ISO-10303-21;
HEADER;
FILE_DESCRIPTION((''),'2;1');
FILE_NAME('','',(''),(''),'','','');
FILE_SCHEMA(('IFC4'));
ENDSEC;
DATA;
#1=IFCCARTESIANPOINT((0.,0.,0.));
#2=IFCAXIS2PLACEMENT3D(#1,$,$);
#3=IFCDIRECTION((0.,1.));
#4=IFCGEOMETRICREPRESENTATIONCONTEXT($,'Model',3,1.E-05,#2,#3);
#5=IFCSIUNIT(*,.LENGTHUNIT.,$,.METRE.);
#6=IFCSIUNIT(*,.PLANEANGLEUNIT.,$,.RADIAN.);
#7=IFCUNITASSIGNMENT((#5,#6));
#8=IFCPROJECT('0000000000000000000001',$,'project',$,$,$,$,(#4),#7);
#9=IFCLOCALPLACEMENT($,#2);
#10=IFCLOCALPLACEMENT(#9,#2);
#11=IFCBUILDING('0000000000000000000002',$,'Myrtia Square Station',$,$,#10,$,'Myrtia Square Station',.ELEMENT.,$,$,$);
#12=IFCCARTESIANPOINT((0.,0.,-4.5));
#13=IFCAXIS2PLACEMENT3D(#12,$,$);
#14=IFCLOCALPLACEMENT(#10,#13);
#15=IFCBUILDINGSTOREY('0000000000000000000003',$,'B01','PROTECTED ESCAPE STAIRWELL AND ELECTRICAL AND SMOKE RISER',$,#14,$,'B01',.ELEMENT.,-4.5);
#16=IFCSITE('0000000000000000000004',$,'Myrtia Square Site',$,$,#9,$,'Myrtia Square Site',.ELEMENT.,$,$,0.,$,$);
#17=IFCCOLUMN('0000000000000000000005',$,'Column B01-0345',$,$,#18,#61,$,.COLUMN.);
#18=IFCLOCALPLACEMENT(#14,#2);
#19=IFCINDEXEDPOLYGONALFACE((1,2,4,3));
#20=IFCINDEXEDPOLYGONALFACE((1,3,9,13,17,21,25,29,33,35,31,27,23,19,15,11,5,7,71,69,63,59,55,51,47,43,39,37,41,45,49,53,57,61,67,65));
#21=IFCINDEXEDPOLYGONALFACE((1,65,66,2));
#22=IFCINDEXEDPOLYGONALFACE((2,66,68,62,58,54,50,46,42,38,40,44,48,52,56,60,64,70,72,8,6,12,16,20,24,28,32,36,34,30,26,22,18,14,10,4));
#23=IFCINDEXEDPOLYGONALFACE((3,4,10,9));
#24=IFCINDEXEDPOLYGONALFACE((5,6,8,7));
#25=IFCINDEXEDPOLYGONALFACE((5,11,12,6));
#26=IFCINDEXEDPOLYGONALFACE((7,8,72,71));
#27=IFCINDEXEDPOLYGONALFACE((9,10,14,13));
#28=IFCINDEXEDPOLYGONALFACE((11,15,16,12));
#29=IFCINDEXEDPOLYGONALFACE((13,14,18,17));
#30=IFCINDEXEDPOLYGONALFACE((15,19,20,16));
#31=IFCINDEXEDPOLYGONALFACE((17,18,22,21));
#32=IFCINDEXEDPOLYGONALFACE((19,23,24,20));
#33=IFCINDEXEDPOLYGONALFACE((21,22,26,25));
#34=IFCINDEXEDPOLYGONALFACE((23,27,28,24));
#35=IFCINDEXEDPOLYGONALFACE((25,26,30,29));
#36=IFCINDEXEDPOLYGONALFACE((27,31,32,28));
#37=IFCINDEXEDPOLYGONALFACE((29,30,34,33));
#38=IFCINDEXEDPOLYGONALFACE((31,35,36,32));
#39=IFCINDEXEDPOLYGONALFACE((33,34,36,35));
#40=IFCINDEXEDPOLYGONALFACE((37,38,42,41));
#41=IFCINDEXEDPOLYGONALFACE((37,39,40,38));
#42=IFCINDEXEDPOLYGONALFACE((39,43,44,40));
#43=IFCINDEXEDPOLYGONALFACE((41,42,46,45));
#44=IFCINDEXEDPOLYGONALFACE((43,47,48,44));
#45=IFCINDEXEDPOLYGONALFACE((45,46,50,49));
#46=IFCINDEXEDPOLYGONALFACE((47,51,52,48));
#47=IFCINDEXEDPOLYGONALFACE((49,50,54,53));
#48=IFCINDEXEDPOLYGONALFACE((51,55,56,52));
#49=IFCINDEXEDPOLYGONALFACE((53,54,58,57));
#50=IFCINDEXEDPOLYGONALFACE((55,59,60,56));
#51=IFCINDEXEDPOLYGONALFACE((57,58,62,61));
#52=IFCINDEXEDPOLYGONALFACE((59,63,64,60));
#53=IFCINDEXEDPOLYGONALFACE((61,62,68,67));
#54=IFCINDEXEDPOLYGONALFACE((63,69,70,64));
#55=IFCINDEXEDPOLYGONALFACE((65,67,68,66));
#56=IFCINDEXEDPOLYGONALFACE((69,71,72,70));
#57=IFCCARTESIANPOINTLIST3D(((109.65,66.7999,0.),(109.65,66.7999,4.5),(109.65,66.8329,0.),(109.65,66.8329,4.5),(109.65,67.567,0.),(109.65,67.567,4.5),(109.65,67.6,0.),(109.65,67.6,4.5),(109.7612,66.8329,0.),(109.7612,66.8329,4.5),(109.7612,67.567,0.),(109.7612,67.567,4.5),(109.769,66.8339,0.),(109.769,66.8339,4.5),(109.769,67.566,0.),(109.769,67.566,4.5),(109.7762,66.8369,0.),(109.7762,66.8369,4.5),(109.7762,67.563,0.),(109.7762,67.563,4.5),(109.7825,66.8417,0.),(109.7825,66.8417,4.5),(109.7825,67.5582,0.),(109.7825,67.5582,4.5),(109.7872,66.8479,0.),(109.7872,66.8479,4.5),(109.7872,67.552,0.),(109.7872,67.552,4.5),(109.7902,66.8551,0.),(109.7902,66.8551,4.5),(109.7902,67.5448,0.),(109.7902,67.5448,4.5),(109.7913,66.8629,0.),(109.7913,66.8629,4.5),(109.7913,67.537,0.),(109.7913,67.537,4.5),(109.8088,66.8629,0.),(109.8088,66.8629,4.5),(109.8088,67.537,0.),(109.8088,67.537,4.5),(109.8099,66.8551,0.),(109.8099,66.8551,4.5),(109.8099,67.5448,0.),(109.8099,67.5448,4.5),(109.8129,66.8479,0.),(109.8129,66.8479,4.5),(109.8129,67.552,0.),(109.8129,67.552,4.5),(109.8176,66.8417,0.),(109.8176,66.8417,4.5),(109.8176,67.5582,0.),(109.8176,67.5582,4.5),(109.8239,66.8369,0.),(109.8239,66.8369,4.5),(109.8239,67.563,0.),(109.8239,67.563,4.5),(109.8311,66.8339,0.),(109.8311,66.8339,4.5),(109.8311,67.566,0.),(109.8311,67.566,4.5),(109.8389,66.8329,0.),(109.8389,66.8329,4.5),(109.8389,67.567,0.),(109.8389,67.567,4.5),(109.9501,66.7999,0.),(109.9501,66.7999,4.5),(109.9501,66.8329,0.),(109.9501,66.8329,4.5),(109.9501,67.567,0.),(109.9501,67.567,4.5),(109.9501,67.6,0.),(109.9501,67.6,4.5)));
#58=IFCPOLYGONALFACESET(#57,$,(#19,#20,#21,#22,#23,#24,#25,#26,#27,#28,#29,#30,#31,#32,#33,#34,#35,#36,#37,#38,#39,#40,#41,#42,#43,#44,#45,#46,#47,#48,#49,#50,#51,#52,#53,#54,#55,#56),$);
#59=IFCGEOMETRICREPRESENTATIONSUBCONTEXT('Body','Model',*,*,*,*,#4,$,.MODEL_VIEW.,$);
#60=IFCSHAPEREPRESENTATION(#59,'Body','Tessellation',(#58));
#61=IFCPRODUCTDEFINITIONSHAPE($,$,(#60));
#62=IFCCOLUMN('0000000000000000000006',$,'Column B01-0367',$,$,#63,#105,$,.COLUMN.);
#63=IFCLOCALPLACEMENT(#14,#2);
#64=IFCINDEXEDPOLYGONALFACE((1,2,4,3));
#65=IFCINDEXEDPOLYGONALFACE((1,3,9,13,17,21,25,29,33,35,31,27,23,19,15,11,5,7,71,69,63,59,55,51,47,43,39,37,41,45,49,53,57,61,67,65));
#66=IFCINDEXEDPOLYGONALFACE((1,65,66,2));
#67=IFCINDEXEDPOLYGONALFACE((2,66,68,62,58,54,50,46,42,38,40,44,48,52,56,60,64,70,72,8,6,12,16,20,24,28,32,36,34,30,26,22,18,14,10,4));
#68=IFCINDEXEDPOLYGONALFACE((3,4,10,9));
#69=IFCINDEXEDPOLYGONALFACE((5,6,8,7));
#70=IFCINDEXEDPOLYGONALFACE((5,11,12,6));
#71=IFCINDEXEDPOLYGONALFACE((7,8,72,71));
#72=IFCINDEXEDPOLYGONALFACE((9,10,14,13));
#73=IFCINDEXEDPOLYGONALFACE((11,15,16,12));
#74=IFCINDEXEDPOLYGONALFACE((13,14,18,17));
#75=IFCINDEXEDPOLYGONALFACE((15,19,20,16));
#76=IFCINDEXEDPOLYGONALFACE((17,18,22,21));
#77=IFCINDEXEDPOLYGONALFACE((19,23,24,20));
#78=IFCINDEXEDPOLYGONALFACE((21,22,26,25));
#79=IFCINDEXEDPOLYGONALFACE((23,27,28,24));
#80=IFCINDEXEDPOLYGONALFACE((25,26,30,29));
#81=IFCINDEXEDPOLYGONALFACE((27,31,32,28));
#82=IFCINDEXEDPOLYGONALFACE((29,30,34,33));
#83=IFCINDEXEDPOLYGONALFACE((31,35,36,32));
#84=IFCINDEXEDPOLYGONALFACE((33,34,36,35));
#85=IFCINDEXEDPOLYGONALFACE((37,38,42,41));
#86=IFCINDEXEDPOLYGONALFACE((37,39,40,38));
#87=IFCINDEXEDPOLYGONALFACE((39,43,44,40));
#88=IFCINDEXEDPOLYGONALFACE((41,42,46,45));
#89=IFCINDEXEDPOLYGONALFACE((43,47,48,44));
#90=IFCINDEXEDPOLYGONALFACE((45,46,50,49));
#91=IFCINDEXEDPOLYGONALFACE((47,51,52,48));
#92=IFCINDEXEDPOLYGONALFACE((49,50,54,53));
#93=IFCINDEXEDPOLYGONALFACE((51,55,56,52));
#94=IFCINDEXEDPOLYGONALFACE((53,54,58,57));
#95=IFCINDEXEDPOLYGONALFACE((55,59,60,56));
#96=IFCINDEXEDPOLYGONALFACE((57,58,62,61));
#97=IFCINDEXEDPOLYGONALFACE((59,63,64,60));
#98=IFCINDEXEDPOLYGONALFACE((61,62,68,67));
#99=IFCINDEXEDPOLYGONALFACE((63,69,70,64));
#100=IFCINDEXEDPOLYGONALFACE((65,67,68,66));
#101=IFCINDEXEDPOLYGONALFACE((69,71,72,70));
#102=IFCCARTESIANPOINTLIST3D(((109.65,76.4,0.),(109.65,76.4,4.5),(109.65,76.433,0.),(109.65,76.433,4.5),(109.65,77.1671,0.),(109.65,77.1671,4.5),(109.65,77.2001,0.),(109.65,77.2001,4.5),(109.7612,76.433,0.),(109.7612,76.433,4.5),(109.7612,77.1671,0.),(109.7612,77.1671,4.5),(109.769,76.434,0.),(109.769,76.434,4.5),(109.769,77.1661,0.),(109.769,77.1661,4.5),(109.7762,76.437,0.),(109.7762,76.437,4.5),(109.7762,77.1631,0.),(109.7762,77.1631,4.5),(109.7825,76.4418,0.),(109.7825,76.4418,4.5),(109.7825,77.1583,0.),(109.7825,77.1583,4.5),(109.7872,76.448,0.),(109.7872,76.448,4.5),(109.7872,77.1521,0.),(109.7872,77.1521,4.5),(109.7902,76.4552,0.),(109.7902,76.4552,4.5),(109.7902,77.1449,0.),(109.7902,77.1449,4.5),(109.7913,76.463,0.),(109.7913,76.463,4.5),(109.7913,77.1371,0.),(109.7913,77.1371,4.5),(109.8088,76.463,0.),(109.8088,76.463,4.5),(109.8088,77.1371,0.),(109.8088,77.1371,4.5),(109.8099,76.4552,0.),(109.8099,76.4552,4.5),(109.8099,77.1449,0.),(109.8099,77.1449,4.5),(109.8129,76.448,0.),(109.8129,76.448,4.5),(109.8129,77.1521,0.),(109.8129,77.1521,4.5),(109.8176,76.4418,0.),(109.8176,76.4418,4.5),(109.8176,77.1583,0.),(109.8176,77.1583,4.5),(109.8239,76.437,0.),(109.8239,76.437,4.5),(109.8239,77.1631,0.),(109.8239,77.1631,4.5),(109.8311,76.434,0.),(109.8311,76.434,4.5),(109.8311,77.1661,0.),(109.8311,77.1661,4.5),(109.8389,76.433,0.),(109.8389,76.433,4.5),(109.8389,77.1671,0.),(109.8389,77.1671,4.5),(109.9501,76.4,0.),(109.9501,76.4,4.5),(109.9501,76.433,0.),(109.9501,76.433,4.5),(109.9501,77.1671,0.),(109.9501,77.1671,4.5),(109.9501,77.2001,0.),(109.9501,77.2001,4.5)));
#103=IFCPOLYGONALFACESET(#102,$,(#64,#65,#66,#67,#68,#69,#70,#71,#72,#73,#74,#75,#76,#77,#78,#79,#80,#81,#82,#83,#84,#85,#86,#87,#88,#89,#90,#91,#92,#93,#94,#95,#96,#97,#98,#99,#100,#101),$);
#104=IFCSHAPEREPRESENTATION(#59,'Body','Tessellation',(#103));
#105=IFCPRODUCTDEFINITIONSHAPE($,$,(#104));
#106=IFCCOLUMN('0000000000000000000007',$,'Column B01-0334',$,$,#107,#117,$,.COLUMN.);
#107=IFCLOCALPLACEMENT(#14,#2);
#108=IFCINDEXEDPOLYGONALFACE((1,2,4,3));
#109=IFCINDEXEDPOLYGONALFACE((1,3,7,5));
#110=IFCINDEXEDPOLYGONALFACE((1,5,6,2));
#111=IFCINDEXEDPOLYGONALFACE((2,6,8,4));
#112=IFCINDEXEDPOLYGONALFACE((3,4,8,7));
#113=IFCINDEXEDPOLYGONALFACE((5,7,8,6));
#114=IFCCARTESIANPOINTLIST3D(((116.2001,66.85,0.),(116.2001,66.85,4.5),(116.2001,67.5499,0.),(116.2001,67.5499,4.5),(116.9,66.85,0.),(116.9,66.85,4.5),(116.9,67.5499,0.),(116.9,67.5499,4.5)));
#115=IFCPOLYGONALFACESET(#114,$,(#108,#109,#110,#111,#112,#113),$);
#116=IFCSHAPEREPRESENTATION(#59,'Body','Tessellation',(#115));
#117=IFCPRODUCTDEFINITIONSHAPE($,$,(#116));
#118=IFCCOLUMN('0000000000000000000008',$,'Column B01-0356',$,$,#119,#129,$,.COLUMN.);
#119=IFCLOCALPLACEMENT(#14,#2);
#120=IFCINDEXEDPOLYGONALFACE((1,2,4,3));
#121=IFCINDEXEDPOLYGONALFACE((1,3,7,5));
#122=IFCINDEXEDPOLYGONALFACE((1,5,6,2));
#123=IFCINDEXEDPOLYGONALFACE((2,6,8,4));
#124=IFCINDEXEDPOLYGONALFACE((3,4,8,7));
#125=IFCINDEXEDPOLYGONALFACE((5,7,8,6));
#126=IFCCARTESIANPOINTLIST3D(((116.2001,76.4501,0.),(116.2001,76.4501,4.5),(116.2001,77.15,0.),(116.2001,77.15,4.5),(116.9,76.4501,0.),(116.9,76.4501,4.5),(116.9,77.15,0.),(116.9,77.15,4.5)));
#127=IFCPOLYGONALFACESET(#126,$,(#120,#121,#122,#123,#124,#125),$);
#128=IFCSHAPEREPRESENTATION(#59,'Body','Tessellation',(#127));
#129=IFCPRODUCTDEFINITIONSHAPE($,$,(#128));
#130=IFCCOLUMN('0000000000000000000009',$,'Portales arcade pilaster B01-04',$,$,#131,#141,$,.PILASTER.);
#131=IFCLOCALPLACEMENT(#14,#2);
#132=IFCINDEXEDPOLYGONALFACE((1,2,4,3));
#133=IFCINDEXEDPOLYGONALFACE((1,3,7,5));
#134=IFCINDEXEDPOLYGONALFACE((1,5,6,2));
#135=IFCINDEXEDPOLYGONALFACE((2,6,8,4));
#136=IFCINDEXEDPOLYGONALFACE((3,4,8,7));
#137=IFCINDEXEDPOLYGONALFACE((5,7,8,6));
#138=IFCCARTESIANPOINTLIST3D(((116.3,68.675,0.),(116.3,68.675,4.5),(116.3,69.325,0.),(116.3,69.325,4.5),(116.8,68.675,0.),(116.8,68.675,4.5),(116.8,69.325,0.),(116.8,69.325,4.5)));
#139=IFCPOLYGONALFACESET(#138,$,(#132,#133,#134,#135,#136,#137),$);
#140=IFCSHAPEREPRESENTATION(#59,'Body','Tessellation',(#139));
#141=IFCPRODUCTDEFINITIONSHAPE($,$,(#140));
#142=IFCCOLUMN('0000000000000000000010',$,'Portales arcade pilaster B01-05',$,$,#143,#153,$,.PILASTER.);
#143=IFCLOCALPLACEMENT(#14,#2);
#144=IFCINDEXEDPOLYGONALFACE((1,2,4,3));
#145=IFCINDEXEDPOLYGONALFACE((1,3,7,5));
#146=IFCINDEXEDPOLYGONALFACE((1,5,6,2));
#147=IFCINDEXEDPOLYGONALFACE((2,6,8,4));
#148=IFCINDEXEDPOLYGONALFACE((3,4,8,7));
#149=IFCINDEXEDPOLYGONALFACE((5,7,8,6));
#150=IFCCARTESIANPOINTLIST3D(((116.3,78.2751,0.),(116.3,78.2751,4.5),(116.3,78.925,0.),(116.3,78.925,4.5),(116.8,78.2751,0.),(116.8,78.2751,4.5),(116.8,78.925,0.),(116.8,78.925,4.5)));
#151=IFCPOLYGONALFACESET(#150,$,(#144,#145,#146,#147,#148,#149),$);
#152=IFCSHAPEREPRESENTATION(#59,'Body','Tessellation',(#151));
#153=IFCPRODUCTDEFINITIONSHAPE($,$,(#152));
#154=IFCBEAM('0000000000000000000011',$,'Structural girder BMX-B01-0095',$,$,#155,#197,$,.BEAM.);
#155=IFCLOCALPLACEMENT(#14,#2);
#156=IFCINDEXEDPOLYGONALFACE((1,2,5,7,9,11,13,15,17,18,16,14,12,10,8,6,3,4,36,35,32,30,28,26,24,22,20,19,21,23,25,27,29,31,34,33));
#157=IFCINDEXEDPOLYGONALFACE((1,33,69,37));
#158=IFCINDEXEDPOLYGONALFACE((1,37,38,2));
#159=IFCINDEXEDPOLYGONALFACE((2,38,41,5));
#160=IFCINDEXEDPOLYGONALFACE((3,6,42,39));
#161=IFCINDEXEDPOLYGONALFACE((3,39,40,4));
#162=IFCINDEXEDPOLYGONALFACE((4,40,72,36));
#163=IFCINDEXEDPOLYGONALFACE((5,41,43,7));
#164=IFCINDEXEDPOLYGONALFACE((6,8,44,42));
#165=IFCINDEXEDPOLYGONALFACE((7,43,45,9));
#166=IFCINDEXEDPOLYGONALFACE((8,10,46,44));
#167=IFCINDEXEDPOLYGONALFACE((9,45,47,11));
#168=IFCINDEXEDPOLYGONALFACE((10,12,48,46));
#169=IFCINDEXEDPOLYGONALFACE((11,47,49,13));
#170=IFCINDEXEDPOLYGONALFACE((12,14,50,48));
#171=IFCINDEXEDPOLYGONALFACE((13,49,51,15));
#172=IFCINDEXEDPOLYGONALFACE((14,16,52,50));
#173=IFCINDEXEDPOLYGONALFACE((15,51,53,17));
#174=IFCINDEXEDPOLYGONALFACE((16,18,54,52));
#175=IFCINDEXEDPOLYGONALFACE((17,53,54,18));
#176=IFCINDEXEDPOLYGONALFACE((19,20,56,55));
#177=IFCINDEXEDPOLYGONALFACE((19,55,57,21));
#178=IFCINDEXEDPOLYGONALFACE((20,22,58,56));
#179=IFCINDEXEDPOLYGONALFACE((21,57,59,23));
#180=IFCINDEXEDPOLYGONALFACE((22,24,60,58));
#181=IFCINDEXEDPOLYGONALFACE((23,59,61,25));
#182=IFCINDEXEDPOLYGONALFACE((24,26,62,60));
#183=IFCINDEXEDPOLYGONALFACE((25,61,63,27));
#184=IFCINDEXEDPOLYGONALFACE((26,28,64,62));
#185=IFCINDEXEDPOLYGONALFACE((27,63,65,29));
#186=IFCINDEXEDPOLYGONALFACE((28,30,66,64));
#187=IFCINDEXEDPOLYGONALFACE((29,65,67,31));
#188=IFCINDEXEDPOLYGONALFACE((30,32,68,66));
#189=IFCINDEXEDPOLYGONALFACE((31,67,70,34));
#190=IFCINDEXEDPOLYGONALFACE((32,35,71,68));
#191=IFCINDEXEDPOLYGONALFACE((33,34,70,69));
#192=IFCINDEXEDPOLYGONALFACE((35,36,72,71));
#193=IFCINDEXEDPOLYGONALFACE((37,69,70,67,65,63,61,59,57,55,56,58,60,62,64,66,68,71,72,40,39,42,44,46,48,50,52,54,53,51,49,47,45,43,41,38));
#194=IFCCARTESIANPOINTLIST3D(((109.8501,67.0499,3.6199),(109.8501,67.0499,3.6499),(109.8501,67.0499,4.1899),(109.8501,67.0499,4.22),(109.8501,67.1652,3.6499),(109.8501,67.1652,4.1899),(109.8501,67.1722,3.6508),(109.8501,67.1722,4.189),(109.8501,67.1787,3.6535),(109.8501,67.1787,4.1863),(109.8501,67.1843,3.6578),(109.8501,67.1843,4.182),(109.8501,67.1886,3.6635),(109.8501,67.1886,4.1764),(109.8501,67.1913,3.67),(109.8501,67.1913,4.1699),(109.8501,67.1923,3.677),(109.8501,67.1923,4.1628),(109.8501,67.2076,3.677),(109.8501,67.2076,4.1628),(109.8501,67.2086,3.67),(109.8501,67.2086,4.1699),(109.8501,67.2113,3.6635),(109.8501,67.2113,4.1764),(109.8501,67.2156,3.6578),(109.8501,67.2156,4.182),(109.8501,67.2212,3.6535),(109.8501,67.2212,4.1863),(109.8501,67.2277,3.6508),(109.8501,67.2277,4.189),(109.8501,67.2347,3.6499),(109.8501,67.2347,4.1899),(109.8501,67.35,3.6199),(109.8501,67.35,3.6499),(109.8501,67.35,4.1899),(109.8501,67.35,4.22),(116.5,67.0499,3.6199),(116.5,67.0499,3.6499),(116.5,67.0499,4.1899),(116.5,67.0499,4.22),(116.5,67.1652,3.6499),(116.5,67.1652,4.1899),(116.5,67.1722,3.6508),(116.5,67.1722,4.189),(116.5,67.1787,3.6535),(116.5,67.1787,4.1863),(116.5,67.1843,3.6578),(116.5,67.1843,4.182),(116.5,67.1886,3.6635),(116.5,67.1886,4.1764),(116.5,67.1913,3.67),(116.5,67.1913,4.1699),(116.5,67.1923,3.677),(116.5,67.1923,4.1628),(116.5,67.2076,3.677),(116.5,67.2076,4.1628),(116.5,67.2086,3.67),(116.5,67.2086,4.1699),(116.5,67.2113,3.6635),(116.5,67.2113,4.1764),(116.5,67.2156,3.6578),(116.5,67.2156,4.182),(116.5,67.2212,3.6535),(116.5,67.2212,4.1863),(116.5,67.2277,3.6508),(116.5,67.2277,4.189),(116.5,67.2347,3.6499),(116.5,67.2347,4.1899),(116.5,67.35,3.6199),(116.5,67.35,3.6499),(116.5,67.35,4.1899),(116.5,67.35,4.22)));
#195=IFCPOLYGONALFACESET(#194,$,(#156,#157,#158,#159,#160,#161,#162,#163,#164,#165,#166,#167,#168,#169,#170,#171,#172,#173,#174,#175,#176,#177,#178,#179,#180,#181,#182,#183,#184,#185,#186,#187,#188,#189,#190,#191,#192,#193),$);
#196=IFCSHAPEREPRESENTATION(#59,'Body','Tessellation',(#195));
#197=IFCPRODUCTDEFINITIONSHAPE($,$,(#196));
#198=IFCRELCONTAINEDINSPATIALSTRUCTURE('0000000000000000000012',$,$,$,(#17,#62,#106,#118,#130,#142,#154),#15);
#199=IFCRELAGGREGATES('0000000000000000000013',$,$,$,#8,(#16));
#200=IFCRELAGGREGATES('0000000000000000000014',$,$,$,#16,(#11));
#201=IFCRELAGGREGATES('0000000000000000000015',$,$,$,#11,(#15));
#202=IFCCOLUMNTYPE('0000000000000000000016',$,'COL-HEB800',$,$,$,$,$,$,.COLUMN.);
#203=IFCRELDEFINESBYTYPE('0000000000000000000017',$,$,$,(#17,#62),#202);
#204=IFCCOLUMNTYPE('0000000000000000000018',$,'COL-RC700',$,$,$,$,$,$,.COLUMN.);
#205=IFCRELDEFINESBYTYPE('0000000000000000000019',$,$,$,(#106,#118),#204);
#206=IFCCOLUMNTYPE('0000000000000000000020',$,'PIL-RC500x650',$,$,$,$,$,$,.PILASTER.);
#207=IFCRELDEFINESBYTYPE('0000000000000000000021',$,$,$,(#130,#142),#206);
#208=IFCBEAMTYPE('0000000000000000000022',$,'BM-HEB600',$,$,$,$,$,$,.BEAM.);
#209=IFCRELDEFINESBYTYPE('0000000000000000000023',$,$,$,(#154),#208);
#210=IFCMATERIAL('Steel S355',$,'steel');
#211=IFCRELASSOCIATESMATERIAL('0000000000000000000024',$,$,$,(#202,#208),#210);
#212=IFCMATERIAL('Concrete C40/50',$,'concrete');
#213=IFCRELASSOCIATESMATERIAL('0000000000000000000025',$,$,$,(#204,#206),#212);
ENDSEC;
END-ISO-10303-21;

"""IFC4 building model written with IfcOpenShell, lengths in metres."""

from ifc_helpers import new_model, si_unit, direction, frame, origin, origin_2d, place, context, subcontext, project, spatial, rectangle, i_section, extrude, material, material_profile, profile_set, type_object, element, save


model = new_model("IFC4")

# Units and contexts
model_context = context("Model", 3, precision=1e-05, world=origin(), true_north=direction((0.0, 1.0)))
body_context = subcontext(model_context, "Body", "Model", "MODEL_VIEW")
ifc_project = project(units=[si_unit("LENGTHUNIT", "METRE"), si_unit("PLANEANGLEUNIT", "RADIAN")], contexts=[model_context])

# Site, building, storey
site_placement = place(None, origin())
site = spatial("IfcSite", under=ifc_project, at=site_placement, Name="Myrtia Square Site", LongName="Myrtia Square Site", CompositionType="ELEMENT", RefElevation=0.0)
building_placement = place(site_placement, origin())
building = spatial("IfcBuilding", under=site, at=building_placement, Name="Myrtia Square Station", LongName="Myrtia Square Station", CompositionType="ELEMENT")
storey_placement = place(building_placement, frame((0.0, 0.0, -4.5)))
storey = spatial("IfcBuildingStorey", under=building, at=storey_placement, Name="B01", Description="PROTECTED ESCAPE STAIRWELL AND ELECTRICAL AND SMOKE RISER", LongName="B01", CompositionType="ELEMENT", Elevation=-4.5)

# Columns
ifc_material_1 = material(Name="Steel S355", Category="steel")
ifc_material_profile_1 = material_profile(ifc_material_1, i_section(OverallWidth=0.3, OverallDepth=0.8, WebThickness=0.0176, FlangeThickness=0.033, FilletRadius=0.03, at=origin_2d()), Name="HEB 800")
ifc_profile_set_1 = profile_set([ifc_material_profile_1], Name="Steel S355")
column_type_1 = type_object("IfcColumnType", Name="COL-HEB800", PredefinedType="COLUMN", material=ifc_profile_set_1)
for number, where, z_axis, x_axis, name in (
    (1, (109.8, 67.2, 0.0), (0.0, 0.0, 1.0), (1.0, 0.0, 0.0), "Column B01-0345"),
    (2, (109.8, 76.8, 0.0), (0.0, 0.0, 1.0), (1.0, 0.0, 0.0), "Column B01-0367"),
):
    element("IfcColumn", number, at=place(storey_placement, frame(where, z_axis=z_axis, x_axis=x_axis)), inside=storey, type_object=column_type_1, Name=name, PredefinedType="COLUMN", context=body_context, shape_type="SweptSolid", body=[
        extrude(i_section(OverallWidth=0.3, OverallDepth=0.8, WebThickness=0.0176, FlangeThickness=0.033, FilletRadius=0.03, at=origin_2d()), origin(), (0.0, 0.0, 1.0), 4.5),
    ])
ifc_material_2 = material(Name="Concrete C40/50", Category="concrete")
ifc_material_profile_2 = material_profile(ifc_material_2, rectangle(XDim=0.7, YDim=0.7, at=origin_2d()), Name="RC 700x700")
ifc_profile_set_2 = profile_set([ifc_material_profile_2], Name="Concrete C40/50")
column_type_2 = type_object("IfcColumnType", Name="COL-RC700", PredefinedType="COLUMN", material=ifc_profile_set_2)
for number, where, z_axis, x_axis, name in (
    (3, (116.55, 67.2, 0.0), (0.0, 0.0, 1.0), (1.0, 0.0, 0.0), "Column B01-0334"),
    (4, (116.55, 76.8, 0.0), (0.0, 0.0, 1.0), (1.0, 0.0, 0.0), "Column B01-0356"),
):
    element("IfcColumn", number, at=place(storey_placement, frame(where, z_axis=z_axis, x_axis=x_axis)), inside=storey, type_object=column_type_2, Name=name, PredefinedType="COLUMN", context=body_context, shape_type="SweptSolid", body=[
        extrude(rectangle(XDim=0.7, YDim=0.7, at=origin_2d()), origin(), (0.0, 0.0, 1.0), 4.5),
    ])
ifc_material_profile_3 = material_profile(ifc_material_2, rectangle(XDim=0.5, YDim=0.6499, at=origin_2d()), Name="PIL 500x650")
ifc_profile_set_3 = profile_set([ifc_material_profile_3], Name="Concrete C40/50")
column_type_3 = type_object("IfcColumnType", Name="PIL-RC500x650", PredefinedType="PILASTER", material=ifc_profile_set_3)
for number, where, z_axis, x_axis, name in (
    (5, (116.55, 69.0, 0.0), (0.0, 0.0, 1.0), (1.0, 0.0, 0.0), "Portales arcade pilaster B01-04"),
    (6, (116.55, 78.6001, 0.0), (0.0, 0.0, 1.0), (1.0, 0.0, 0.0), "Portales arcade pilaster B01-05"),
):
    element("IfcColumn", number, at=place(storey_placement, frame(where, z_axis=z_axis, x_axis=x_axis)), inside=storey, type_object=column_type_3, Name=name, PredefinedType="PILASTER", context=body_context, shape_type="SweptSolid", body=[
        extrude(rectangle(XDim=0.5, YDim=0.6499, at=origin_2d()), origin(), (0.0, 0.0, 1.0), 4.5),
    ])

# Beam
ifc_material_profile_4 = material_profile(ifc_material_1, i_section(OverallWidth=0.3, OverallDepth=0.6001, WebThickness=0.0154, FlangeThickness=0.03, FilletRadius=0.0271, at=origin_2d()), Name="HEB 600")
ifc_profile_set_4 = profile_set([ifc_material_profile_4], Name="Steel S355")
beam_type_1 = type_object("IfcBeamType", Name="BM-HEB600", PredefinedType="BEAM", material=ifc_profile_set_4)
for number, where, z_axis, x_axis, name in (
    (7, (109.8501, 67.2, 3.9199), (1.0, 0.0, 0.0), (0.0, 1.0, 0.0), "Structural girder BMX-B01-0095"),
):
    element("IfcBeam", number, at=place(storey_placement, frame(where, z_axis=z_axis, x_axis=x_axis)), inside=storey, type_object=beam_type_1, Name=name, PredefinedType="BEAM", context=body_context, shape_type="SweptSolid", body=[
        extrude(i_section(OverallWidth=0.3, OverallDepth=0.6001, WebThickness=0.0154, FlangeThickness=0.03, FilletRadius=0.0271, at=origin_2d()), origin(), (0.0, 0.0, 1.0), 6.6499),
    ])

save(model, "model.ifc")
